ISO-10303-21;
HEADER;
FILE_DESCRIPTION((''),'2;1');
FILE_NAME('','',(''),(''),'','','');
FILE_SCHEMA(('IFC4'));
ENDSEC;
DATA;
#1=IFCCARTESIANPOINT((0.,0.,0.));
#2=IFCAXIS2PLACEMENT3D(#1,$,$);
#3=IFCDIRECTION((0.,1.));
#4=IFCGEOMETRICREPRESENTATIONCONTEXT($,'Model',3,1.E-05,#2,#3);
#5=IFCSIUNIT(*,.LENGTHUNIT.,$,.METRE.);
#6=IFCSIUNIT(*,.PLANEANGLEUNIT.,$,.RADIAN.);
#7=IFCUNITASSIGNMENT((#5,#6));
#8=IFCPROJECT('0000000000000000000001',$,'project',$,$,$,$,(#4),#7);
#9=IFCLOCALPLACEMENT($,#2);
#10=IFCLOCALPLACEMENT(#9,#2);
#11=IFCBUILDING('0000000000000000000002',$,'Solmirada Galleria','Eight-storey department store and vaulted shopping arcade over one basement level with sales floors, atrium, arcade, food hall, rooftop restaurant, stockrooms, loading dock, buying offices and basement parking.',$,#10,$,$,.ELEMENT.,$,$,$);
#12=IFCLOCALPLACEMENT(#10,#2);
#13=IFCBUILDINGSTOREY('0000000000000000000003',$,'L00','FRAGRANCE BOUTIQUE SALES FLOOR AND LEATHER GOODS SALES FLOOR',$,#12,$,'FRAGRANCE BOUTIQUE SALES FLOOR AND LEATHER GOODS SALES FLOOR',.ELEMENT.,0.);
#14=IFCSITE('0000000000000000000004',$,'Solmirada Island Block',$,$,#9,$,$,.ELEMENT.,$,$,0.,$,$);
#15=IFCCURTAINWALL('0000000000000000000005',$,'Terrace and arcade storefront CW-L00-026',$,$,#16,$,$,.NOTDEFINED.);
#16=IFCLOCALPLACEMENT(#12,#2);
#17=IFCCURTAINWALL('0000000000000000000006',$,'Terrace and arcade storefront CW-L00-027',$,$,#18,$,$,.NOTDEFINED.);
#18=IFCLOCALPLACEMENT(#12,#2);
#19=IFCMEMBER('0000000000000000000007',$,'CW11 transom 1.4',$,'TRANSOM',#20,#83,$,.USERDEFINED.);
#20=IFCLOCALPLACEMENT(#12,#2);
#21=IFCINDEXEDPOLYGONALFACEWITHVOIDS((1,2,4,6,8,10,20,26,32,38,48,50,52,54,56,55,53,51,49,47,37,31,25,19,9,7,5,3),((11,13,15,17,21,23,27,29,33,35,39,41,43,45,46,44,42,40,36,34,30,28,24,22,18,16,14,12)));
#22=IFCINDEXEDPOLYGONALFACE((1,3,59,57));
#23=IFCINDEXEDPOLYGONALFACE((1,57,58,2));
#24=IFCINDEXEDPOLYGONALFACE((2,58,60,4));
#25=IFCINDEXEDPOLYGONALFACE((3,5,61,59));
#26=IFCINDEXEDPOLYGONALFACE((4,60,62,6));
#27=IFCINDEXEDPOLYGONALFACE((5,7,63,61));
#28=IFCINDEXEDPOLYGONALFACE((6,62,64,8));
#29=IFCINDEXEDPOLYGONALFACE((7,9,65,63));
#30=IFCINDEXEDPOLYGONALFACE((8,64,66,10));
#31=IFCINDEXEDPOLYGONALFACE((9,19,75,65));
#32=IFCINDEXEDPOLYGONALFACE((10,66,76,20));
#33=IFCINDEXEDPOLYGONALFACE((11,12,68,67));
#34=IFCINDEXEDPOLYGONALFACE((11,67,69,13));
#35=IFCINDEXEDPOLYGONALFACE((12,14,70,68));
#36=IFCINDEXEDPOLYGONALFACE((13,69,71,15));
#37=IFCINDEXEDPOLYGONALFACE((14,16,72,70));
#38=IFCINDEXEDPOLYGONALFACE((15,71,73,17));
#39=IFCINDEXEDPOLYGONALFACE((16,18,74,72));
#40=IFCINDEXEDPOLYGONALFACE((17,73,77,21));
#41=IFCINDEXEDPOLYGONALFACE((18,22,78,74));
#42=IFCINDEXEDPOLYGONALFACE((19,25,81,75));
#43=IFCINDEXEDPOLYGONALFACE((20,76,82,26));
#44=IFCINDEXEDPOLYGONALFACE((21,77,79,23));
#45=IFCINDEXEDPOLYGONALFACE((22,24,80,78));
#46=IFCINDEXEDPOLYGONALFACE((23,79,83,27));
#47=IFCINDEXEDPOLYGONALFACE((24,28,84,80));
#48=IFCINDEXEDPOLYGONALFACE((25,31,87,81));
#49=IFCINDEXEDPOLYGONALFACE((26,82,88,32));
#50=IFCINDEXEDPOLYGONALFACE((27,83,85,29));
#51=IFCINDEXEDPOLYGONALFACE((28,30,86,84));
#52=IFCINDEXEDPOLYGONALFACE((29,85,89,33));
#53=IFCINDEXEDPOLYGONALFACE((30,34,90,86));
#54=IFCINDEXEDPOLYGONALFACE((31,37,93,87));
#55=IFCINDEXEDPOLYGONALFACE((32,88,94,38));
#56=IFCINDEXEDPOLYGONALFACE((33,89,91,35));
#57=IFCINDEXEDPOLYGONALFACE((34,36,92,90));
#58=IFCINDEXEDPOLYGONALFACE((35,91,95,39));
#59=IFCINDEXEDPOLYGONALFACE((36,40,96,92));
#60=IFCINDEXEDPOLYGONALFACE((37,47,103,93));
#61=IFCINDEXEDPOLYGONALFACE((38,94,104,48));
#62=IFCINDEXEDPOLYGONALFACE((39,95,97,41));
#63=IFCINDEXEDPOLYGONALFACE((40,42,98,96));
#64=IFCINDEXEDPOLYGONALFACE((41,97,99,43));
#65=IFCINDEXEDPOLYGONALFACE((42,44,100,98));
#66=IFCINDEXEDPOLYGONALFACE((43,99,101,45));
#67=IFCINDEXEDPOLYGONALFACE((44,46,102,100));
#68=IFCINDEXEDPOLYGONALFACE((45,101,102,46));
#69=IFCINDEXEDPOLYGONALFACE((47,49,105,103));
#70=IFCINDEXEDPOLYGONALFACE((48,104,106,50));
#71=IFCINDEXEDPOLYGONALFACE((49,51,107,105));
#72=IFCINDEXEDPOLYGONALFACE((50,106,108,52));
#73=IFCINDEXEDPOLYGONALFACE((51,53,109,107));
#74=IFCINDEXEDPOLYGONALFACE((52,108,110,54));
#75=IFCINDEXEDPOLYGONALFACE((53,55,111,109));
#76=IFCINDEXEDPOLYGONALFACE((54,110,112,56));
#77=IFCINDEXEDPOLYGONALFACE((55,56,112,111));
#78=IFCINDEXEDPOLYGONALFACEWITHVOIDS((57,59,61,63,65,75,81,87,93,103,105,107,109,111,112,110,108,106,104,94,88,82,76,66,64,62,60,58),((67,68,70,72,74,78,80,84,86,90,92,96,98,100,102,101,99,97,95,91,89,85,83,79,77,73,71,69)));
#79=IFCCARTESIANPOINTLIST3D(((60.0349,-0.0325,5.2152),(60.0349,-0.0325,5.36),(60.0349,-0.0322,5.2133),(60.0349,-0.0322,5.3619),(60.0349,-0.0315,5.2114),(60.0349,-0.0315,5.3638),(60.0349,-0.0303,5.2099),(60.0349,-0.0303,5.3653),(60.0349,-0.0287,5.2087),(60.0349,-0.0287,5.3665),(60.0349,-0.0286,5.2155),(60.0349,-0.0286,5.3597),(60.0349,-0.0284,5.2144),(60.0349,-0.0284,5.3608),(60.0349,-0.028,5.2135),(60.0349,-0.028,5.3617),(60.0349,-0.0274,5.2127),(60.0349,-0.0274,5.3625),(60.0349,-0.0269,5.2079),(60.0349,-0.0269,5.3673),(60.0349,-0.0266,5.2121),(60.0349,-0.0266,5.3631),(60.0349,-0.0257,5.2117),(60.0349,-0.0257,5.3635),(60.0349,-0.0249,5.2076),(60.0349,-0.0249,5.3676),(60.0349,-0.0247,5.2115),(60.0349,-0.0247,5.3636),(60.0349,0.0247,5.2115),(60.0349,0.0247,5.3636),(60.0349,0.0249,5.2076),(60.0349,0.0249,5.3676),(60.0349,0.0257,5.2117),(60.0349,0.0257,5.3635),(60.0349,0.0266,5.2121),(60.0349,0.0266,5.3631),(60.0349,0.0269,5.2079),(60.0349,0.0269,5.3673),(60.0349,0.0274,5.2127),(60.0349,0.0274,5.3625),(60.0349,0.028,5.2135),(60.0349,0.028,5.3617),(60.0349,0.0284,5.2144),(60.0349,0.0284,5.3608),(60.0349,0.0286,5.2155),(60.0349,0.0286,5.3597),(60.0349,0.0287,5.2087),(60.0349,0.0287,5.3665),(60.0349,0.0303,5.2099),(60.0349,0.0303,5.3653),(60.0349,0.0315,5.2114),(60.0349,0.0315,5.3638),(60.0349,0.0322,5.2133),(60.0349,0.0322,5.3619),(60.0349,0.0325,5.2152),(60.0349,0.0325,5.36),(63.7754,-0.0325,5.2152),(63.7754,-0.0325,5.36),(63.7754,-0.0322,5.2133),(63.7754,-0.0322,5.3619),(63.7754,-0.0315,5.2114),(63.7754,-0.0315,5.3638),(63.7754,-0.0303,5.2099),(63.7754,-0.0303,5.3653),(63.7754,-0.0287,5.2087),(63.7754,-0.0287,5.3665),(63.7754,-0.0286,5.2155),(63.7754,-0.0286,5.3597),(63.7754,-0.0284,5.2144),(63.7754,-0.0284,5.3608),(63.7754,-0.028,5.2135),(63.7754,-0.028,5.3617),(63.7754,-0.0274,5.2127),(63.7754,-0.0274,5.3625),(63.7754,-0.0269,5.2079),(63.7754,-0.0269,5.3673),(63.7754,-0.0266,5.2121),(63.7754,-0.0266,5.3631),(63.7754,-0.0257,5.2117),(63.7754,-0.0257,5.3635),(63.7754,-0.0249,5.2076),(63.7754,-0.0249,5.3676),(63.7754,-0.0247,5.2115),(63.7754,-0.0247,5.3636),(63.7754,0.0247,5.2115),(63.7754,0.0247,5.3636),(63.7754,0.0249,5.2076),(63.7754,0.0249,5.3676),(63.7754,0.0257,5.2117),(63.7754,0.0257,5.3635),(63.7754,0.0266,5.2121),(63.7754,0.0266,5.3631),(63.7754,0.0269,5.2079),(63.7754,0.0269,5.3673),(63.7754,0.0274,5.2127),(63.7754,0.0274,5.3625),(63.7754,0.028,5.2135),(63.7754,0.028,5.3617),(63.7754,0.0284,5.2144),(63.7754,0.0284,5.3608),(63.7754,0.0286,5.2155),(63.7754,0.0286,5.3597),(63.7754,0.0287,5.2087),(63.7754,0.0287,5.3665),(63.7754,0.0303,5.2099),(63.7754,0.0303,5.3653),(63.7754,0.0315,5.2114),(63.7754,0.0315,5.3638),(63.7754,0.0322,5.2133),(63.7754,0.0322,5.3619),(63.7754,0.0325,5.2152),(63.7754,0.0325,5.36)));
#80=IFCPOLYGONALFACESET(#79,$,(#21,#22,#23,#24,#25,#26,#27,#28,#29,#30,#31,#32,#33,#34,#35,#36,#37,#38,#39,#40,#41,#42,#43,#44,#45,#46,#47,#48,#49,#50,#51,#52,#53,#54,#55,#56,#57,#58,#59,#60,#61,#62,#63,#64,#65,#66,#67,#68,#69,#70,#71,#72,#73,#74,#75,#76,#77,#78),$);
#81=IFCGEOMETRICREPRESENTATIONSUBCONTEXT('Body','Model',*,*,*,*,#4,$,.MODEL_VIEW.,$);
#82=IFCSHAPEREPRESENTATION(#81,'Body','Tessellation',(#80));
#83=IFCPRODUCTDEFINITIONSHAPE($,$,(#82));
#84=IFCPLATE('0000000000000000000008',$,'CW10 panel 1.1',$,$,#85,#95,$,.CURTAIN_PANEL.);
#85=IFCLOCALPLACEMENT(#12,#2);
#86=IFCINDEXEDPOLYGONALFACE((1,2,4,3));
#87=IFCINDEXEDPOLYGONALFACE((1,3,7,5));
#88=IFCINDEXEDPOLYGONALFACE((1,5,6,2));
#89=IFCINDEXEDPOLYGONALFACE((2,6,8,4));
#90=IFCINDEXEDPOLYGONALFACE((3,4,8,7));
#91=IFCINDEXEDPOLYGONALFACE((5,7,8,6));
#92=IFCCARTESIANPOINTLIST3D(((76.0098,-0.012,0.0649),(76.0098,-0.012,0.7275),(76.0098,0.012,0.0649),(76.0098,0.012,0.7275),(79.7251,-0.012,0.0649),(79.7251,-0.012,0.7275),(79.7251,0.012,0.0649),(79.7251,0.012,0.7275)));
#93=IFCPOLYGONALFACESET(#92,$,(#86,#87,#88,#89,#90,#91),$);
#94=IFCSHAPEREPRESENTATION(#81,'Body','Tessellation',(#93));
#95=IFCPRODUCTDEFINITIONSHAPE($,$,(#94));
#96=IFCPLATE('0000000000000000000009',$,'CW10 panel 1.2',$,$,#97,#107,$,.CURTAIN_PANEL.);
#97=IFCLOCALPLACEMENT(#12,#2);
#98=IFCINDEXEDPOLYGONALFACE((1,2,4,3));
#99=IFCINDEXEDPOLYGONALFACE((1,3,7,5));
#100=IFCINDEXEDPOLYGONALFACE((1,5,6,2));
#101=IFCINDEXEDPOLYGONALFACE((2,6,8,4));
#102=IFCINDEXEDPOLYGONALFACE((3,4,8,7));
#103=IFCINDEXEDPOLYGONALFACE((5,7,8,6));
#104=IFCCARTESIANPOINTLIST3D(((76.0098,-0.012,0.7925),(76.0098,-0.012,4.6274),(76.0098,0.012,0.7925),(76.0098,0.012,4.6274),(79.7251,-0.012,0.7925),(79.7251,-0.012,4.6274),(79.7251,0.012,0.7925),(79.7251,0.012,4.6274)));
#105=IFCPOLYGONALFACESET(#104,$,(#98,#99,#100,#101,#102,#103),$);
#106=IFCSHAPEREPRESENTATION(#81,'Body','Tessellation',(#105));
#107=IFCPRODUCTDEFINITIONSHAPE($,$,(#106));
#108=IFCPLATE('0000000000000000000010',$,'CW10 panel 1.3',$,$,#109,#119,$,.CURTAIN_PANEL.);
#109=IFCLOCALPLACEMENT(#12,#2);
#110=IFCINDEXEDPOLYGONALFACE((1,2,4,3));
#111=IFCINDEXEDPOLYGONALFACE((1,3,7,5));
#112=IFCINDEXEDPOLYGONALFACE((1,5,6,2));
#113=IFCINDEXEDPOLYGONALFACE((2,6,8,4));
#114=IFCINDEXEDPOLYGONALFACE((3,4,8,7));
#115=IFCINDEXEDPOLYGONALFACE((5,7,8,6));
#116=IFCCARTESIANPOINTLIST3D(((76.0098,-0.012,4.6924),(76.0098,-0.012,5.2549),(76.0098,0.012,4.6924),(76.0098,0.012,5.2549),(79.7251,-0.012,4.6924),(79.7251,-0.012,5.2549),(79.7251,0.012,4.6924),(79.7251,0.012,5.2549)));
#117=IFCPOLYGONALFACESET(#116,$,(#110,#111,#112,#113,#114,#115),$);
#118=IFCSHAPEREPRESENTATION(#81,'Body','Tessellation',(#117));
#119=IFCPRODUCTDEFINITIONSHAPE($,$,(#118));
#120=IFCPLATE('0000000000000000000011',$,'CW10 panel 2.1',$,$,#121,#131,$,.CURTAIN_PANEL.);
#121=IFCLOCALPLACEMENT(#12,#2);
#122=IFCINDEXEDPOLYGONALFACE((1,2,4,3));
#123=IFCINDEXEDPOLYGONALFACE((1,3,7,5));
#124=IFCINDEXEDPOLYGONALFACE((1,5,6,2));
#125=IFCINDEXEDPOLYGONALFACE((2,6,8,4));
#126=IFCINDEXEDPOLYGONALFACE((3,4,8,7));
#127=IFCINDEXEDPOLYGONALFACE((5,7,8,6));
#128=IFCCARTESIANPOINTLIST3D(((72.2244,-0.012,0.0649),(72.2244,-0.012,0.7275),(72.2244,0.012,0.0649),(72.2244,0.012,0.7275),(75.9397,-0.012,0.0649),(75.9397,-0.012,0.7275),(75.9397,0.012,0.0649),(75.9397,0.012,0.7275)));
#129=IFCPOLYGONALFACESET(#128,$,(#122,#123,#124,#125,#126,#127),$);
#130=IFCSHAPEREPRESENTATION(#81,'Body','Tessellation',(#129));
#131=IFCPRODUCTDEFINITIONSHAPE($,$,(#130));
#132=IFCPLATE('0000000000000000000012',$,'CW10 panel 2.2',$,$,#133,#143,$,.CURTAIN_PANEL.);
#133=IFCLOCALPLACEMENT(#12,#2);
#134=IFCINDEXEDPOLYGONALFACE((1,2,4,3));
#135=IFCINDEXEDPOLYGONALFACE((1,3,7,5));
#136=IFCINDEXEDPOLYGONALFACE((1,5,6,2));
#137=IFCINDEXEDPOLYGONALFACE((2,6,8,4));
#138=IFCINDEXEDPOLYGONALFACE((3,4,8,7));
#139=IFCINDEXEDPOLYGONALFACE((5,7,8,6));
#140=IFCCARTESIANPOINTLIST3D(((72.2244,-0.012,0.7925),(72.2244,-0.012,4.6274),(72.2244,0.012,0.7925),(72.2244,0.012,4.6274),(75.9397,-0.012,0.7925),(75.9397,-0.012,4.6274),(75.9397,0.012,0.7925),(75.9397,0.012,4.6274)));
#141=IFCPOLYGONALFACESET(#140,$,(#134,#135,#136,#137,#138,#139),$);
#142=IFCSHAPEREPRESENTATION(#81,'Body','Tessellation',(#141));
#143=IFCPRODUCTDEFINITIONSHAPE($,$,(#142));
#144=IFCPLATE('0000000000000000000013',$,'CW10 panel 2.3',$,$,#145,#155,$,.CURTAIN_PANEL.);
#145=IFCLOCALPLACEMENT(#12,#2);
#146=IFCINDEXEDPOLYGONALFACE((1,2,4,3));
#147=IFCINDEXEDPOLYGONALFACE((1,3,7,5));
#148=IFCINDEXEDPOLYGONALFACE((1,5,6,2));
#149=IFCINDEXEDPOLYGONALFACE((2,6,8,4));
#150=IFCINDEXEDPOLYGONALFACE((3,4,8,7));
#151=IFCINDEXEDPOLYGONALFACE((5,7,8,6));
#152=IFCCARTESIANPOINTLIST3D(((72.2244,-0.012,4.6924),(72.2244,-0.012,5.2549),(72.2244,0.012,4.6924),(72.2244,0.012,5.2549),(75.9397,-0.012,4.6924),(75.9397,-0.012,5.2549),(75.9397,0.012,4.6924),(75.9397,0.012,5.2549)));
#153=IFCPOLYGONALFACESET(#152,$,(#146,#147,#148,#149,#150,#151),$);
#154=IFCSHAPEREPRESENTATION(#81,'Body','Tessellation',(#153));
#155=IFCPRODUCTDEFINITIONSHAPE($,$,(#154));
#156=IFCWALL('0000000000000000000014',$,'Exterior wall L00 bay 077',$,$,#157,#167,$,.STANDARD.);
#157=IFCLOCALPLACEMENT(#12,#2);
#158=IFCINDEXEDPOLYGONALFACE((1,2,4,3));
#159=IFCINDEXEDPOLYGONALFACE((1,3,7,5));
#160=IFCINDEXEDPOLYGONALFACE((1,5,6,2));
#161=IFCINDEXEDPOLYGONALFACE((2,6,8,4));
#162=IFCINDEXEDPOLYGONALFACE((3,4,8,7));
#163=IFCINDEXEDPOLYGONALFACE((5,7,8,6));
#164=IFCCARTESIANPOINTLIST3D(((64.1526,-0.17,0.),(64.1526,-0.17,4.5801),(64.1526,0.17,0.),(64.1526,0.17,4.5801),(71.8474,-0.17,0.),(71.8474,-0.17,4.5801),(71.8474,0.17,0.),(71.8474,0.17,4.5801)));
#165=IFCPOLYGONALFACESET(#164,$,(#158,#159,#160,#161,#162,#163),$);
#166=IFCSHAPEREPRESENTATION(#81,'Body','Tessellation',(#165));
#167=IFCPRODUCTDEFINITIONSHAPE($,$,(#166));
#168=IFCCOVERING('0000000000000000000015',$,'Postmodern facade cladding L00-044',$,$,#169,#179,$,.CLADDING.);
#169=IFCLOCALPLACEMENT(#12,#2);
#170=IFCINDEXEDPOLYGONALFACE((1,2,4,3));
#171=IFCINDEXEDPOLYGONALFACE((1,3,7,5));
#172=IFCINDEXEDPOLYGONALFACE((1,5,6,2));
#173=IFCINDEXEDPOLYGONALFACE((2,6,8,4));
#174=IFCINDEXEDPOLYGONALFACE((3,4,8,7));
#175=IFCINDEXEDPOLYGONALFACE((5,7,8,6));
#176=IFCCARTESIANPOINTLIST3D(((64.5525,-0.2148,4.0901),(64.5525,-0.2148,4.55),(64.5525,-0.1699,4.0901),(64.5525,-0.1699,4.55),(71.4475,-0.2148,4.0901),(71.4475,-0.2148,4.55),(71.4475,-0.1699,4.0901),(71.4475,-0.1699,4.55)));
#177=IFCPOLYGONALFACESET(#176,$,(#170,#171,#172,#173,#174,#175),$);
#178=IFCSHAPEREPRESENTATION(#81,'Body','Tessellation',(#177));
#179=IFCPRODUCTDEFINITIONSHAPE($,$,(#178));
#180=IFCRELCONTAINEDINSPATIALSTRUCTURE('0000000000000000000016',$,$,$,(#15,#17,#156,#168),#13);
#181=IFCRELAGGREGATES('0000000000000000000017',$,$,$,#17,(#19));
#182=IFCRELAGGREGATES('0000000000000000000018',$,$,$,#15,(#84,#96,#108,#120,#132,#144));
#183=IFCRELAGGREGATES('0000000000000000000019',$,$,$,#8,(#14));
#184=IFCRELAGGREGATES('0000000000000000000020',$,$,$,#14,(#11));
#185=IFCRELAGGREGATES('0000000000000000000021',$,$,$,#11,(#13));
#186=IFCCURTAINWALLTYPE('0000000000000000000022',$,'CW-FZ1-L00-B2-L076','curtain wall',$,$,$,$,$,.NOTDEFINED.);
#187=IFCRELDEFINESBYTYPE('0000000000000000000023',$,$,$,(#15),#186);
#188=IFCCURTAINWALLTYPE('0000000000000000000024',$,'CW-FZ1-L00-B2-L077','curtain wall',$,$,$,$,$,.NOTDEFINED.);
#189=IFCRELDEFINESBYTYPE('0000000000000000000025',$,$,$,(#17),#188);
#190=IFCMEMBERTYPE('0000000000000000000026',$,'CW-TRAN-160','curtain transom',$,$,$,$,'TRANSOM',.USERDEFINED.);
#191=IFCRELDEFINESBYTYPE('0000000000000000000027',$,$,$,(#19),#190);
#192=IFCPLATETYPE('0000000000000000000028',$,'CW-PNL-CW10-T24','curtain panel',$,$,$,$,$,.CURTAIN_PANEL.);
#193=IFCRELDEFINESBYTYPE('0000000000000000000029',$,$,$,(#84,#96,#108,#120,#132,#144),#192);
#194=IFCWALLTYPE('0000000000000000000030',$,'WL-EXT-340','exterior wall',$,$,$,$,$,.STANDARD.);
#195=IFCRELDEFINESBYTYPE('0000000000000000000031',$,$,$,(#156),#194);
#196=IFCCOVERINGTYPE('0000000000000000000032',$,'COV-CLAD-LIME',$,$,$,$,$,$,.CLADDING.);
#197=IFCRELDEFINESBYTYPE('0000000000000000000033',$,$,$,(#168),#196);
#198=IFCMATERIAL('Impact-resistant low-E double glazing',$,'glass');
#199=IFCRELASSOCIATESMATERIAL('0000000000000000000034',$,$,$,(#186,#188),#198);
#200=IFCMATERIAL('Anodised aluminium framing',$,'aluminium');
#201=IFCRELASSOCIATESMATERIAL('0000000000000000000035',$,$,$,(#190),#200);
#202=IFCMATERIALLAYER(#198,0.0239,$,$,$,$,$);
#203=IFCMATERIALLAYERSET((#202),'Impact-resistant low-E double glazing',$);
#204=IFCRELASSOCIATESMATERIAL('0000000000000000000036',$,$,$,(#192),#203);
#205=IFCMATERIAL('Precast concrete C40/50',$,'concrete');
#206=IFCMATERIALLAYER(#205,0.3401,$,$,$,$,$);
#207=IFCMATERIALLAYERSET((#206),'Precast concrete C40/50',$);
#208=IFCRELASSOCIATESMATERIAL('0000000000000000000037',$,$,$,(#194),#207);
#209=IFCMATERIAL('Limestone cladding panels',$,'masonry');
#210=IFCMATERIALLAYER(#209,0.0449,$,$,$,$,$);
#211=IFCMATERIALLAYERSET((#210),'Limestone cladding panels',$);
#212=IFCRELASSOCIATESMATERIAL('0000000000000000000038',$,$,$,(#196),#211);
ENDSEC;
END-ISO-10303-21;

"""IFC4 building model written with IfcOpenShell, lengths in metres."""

from ifc_helpers import new_model, si_unit, direction, frame, frame_2d, origin, origin_2d, place, context, subcontext, project, spatial, rectangle, hollow_rectangle, extrude, material, layer, layer_set, material_profile, profile_set, type_object, element, aggregate, save


model = new_model("IFC4")

# Units and contexts
model_context = context("Model", 3, precision=1e-05, world=origin(), true_north=direction((0.0, 1.0)))
body_context = subcontext(model_context, "Body", "Model", "MODEL_VIEW")
ifc_project = project(units=[si_unit("LENGTHUNIT", "METRE"), si_unit("PLANEANGLEUNIT", "RADIAN")], contexts=[model_context])

# Site, building, storey
site_placement = place(None, origin())
site = spatial("IfcSite", under=ifc_project, at=site_placement, Name="Solmirada Island Block", CompositionType="ELEMENT", RefElevation=0.0)
building_placement = place(site_placement, origin())
building = spatial("IfcBuilding", under=site, at=building_placement, Name="Solmirada Galleria", Description="Eight-storey department store and vaulted shopping arcade over one basement level with sales floors, atrium, arcade, food hall, rooftop restaurant, stockrooms, loading dock, buying offices and basement parking.", CompositionType="ELEMENT")
storey_placement = place(building_placement, origin())
storey = spatial("IfcBuildingStorey", under=building, at=storey_placement, Name="L00", Description="FRAGRANCE BOUTIQUE SALES FLOOR AND LEATHER GOODS SALES FLOOR", LongName="FRAGRANCE BOUTIQUE SALES FLOOR AND LEATHER GOODS SALES FLOOR", CompositionType="ELEMENT", Elevation=0.0)

# Shared definitions
ifc_material_1 = material(Name="Precast concrete C40/50", Category="concrete")

# Curtain wall
ifc_material_2 = material(Name="Impact-resistant low-E double glazing", Category="glass")
curtain_wall_type_1 = type_object("IfcCurtainWallType", Name="CW-FZ1-L00-B2-L076", Description="curtain wall", PredefinedType="NOTDEFINED", material=ifc_material_2)
curtain_wall_1_placement = place(storey_placement, origin())
curtain_wall_1 = element("IfcCurtainWall", 1, at=curtain_wall_1_placement, inside=storey, type_object=curtain_wall_type_1, Name="Terrace and arcade storefront CW-L00-026", PredefinedType="NOTDEFINED")
ifc_material_3 = material(Name="Anodised aluminium framing", Category="aluminium")

# Curtain wall
curtain_wall_type_2 = type_object("IfcCurtainWallType", Name="CW-FZ1-L00-B2-L077", Description="curtain wall", PredefinedType="NOTDEFINED", material=ifc_material_2)
curtain_wall_2_placement = place(storey_placement, origin())
curtain_wall_2 = element("IfcCurtainWall", 2, at=curtain_wall_2_placement, inside=storey, type_object=curtain_wall_type_2, Name="Terrace and arcade storefront CW-L00-027", PredefinedType="NOTDEFINED")

# Member
ifc_material_profile_1 = material_profile(ifc_material_3, hollow_rectangle(XDim=0.0649, YDim=0.1599, WallThickness=0.0039, InnerFilletRadius=0.0039, OuterFilletRadius=0.0076, at=origin_2d()), Name="ALU-TRAN-160X65")
ifc_profile_set_1 = profile_set([ifc_material_profile_1], Name="Anodised aluminium framing")
member_type_1 = type_object("IfcMemberType", Name="CW-TRAN-160", Description="curtain transom", ElementType="TRANSOM", PredefinedType="USERDEFINED", material=ifc_profile_set_1)
member_1_placement = place(storey_placement, frame((63.7754, 0.0, 5.2876), z_axis=(-1.0, 0.0, 0.0), x_axis=(0.0, -1.0, 0.0)))
member_1 = element("IfcMember", 3, at=member_1_placement, type_object=member_type_1, Name="CW11 transom 1.4", ObjectType="TRANSOM", PredefinedType="USERDEFINED", context=body_context, shape_type="SweptSolid", body=[
    extrude(hollow_rectangle(XDim=0.0649, YDim=0.1599, WallThickness=0.0039, InnerFilletRadius=0.0039, OuterFilletRadius=0.0076, at=origin_2d()), origin(), (0.0, 0.0, 1.0), 3.7405),
])
aggregate(curtain_wall_2, [member_1])

# Plates
ifc_layer_1 = layer(ifc_material_2, 0.0239)
ifc_layer_set_1 = layer_set([ifc_layer_1], Name="Impact-resistant low-E double glazing")
plate_type = type_object("IfcPlateType", Name="CW-PNL-CW10-T24", Description="curtain panel", PredefinedType="CURTAIN_PANEL", material=ifc_layer_set_1)
plate_1_placement = place(storey_placement, frame((77.8674, 0.0, 0.0649), z_axis=(0.0, 0.0, 1.0), x_axis=(-1.0, 0.0, 0.0)))
plate_1 = element("IfcPlate", 4, at=plate_1_placement, type_object=plate_type, Name="CW10 panel 1.1", PredefinedType="CURTAIN_PANEL", context=body_context, shape_type="SweptSolid", body=[
    extrude(rectangle(XDim=3.7153, YDim=0.0239, at=origin_2d()), origin(), (0.0, 0.0, 1.0), 0.6626),
])
plate_2_placement = place(storey_placement, frame((77.8674, 0.0, 0.7925), z_axis=(0.0, 0.0, 1.0), x_axis=(-1.0, 0.0, 0.0)))
plate_2 = element("IfcPlate", 5, at=plate_2_placement, type_object=plate_type, Name="CW10 panel 1.2", PredefinedType="CURTAIN_PANEL", context=body_context, shape_type="SweptSolid", body=[
    extrude(rectangle(XDim=3.7153, YDim=0.0239, at=origin_2d()), origin(), (0.0, 0.0, 1.0), 3.835),
])
plate_3_placement = place(storey_placement, frame((77.8674, 0.0, 4.6924), z_axis=(0.0, 0.0, 1.0), x_axis=(-1.0, 0.0, 0.0)))
plate_3 = element("IfcPlate", 6, at=plate_3_placement, type_object=plate_type, Name="CW10 panel 1.3", PredefinedType="CURTAIN_PANEL", context=body_context, shape_type="SweptSolid", body=[
    extrude(rectangle(XDim=3.7153, YDim=0.0239, at=origin_2d()), origin(), (0.0, 0.0, 1.0), 0.5625),
])
plate_4_placement = place(storey_placement, frame((74.082, 0.0, 0.0649), z_axis=(0.0, 0.0, 1.0), x_axis=(-1.0, 0.0, 0.0)))
plate_4 = element("IfcPlate", 7, at=plate_4_placement, type_object=plate_type, Name="CW10 panel 2.1", PredefinedType="CURTAIN_PANEL", context=body_context, shape_type="SweptSolid", body=[
    extrude(rectangle(XDim=3.7153, YDim=0.0239, at=origin_2d()), origin(), (0.0, 0.0, 1.0), 0.6626),
])
plate_5_placement = place(storey_placement, frame((74.082, 0.0, 0.7925), z_axis=(0.0, 0.0, 1.0), x_axis=(-1.0, 0.0, 0.0)))
plate_5 = element("IfcPlate", 8, at=plate_5_placement, type_object=plate_type, Name="CW10 panel 2.2", PredefinedType="CURTAIN_PANEL", context=body_context, shape_type="SweptSolid", body=[
    extrude(rectangle(XDim=3.7153, YDim=0.0239, at=origin_2d()), origin(), (0.0, 0.0, 1.0), 3.835),
])
plate_6_placement = place(storey_placement, frame((74.082, 0.0, 4.6924), z_axis=(0.0, 0.0, 1.0), x_axis=(-1.0, 0.0, 0.0)))
plate_6 = element("IfcPlate", 9, at=plate_6_placement, type_object=plate_type, Name="CW10 panel 2.3", PredefinedType="CURTAIN_PANEL", context=body_context, shape_type="SweptSolid", body=[
    extrude(rectangle(XDim=3.7153, YDim=0.0239, at=origin_2d()), origin(), (0.0, 0.0, 1.0), 0.5625),
])
aggregate(curtain_wall_1, [plate_1, plate_2, plate_3, plate_4, plate_5, plate_6])

# Wall
ifc_layer_2 = layer(ifc_material_1, 0.3401)
ifc_layer_set_2 = layer_set([ifc_layer_2], Name="Precast concrete C40/50")
wall_type = type_object("IfcWallType", Name="WL-EXT-340", Description="exterior wall", PredefinedType="STANDARD", material=ifc_layer_set_2)
wall_placement = place(storey_placement, frame((71.8474, 0.0, 0.0), z_axis=(0.0, 0.0, 1.0), x_axis=(-1.0, 0.0, 0.0)))
element("IfcWall", 10, at=wall_placement, inside=storey, type_object=wall_type, Name="Exterior wall L00 bay 077", PredefinedType="STANDARD", context=body_context, shape_type="SweptSolid", body=[
    extrude(rectangle(XDim=7.6948, YDim=0.3401, at=frame_2d((3.8474, 0.0))), origin(), (0.0, 0.0, 1.0), 4.5801),
])

# Covering
ifc_material_4 = material(Name="Limestone cladding panels", Category="masonry")
ifc_layer_3 = layer(ifc_material_4, 0.0449)
ifc_layer_set_3 = layer_set([ifc_layer_3], Name="Limestone cladding panels")
covering_type = type_object("IfcCoveringType", Name="COV-CLAD-LIME", PredefinedType="CLADDING", material=ifc_layer_set_3)
covering_placement = place(storey_placement, frame((68.0, -0.1924, 4.0901), z_axis=(0.0, 0.0, 1.0), x_axis=(-1.0, 0.0, 0.0)))
element("IfcCovering", 11, at=covering_placement, inside=storey, type_object=covering_type, Name="Postmodern facade cladding L00-044", PredefinedType="CLADDING", context=body_context, shape_type="SweptSolid", body=[
    extrude(rectangle(XDim=6.895, YDim=0.0449, at=origin_2d()), origin(), (0.0, 0.0, 1.0), 0.46),
])

save(model, "model.ifc")
